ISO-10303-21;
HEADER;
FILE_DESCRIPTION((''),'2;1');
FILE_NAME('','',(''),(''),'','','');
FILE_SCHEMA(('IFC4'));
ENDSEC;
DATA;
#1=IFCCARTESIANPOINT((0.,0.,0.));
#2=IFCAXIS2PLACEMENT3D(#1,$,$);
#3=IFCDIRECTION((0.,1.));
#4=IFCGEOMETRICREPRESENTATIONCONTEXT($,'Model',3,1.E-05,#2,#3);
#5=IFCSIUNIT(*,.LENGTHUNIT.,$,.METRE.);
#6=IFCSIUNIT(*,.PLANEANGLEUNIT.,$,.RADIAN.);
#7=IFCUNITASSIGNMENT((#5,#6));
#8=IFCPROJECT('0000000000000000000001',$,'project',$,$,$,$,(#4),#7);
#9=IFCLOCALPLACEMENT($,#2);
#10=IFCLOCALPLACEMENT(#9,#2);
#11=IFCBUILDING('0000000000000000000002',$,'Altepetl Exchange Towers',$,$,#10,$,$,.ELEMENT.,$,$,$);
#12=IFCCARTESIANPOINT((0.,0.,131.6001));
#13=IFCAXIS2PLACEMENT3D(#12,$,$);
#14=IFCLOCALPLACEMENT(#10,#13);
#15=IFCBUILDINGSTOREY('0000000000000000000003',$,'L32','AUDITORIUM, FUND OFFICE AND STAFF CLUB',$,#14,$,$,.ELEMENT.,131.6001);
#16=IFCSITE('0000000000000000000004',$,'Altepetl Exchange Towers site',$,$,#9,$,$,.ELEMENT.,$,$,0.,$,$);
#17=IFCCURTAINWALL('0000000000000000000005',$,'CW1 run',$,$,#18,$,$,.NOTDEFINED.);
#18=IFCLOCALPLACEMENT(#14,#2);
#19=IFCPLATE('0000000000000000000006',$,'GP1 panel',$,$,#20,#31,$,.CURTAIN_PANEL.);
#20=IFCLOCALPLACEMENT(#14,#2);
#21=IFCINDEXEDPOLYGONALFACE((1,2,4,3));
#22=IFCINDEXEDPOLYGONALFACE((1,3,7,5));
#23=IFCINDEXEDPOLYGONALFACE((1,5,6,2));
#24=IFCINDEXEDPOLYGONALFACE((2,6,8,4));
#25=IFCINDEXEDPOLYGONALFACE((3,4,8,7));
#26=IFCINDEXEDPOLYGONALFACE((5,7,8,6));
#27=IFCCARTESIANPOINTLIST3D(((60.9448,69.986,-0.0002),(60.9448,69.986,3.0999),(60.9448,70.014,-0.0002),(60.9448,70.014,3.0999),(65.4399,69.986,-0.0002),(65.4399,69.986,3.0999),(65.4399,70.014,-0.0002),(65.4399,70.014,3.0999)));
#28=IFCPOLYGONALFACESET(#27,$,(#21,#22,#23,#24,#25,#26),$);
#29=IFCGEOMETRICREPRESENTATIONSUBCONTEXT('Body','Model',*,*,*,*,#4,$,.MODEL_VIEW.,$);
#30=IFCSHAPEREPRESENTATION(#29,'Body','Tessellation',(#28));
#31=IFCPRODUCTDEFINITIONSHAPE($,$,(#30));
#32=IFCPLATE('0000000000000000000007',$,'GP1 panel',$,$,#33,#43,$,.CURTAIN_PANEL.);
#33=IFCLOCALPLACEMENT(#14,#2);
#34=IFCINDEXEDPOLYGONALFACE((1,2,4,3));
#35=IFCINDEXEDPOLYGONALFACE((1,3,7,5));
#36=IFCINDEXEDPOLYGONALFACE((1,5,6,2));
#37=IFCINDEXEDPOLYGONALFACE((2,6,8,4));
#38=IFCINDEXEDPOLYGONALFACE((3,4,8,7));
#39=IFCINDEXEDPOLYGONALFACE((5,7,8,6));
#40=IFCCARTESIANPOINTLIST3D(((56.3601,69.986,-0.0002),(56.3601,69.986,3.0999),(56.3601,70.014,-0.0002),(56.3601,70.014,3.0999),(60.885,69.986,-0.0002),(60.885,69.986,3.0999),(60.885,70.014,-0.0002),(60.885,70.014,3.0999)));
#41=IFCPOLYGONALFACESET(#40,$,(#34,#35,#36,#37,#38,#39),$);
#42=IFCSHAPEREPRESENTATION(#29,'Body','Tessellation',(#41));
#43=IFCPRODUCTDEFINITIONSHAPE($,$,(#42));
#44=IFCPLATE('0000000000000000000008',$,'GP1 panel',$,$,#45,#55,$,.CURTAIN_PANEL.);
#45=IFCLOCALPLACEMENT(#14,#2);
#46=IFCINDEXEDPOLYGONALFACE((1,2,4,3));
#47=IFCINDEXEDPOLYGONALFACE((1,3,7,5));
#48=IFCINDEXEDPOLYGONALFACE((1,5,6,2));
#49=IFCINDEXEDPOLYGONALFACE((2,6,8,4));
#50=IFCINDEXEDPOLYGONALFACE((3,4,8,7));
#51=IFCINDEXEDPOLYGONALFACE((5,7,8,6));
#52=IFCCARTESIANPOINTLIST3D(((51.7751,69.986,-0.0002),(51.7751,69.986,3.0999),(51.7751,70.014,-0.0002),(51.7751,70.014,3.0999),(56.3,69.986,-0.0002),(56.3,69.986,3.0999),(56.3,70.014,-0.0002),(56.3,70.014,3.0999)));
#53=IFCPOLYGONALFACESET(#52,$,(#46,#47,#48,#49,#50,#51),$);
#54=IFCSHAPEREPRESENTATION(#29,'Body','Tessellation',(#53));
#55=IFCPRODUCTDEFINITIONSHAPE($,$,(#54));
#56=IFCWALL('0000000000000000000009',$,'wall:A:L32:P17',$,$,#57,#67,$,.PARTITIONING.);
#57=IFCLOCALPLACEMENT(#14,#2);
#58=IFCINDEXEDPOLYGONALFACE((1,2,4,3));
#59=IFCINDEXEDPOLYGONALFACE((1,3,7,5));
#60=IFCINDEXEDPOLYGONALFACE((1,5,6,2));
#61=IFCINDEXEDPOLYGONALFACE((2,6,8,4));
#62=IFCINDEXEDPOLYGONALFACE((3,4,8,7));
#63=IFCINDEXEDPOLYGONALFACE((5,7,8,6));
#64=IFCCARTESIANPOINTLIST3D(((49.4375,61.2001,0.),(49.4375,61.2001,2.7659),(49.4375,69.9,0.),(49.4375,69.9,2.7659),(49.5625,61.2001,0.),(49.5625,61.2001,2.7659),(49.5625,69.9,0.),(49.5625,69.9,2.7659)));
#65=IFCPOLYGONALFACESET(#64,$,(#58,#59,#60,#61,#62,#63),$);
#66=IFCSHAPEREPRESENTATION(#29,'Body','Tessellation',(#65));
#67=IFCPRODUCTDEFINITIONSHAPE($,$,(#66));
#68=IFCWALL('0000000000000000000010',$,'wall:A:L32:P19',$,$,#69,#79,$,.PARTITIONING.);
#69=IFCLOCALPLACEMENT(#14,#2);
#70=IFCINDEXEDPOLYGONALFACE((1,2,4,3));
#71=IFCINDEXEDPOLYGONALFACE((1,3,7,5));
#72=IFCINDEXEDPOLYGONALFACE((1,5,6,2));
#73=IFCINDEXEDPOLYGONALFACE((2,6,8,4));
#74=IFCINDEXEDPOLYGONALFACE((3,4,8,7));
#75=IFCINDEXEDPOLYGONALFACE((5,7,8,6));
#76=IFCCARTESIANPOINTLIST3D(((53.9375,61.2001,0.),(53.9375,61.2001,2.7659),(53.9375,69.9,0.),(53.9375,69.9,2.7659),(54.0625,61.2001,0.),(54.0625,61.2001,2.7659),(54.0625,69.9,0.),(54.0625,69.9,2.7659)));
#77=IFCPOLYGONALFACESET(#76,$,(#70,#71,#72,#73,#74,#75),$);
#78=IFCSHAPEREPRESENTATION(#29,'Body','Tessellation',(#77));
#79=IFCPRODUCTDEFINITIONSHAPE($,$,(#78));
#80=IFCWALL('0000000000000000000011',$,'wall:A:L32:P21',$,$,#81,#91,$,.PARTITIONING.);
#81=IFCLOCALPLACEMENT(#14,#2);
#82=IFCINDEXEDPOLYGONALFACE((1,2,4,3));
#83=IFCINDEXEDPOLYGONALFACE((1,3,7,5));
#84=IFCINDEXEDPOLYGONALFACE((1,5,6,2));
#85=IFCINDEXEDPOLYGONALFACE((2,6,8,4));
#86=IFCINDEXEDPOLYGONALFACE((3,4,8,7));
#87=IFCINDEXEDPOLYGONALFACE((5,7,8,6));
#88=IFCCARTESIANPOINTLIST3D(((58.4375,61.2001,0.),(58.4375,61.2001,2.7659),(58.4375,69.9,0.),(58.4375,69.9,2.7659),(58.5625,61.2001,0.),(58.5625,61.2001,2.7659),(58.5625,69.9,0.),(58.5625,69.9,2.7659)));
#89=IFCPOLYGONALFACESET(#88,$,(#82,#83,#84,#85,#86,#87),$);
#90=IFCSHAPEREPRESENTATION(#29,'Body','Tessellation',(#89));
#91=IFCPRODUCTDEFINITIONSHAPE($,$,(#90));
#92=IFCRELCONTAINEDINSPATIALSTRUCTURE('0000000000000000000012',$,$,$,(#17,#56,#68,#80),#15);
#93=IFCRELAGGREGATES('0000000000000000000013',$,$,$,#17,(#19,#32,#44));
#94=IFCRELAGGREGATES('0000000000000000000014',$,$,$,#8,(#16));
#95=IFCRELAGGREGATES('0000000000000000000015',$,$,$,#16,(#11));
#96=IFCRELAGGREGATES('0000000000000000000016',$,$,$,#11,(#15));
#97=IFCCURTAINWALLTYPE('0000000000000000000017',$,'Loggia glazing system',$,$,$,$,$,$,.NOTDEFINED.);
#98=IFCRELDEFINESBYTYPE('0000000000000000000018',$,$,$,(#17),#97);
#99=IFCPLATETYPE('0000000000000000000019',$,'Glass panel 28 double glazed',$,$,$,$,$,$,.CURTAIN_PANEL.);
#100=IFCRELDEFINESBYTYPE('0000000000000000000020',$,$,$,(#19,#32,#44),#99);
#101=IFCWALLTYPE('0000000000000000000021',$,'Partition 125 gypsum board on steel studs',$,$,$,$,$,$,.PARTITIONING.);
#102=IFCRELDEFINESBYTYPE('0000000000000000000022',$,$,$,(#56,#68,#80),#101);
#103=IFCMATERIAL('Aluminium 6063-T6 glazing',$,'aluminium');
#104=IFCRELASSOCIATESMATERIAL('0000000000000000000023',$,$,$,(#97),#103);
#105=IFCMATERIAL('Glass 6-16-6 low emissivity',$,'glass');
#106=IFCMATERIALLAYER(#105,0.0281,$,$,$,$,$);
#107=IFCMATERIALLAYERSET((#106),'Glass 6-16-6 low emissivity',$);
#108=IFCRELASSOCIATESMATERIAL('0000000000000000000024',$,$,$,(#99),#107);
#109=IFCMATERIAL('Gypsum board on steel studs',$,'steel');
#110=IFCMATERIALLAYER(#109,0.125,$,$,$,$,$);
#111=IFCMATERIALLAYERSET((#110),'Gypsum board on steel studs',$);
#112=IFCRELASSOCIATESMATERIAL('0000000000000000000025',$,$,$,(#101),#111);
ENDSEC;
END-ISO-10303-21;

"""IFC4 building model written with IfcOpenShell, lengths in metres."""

from ifc_helpers import new_model, si_unit, direction, frame, frame_2d, origin, origin_2d, place, context, subcontext, project, spatial, rectangle, extrude, material, layer, layer_set, type_object, element, aggregate, save


model = new_model("IFC4")

# Units and contexts
model_context = context("Model", 3, precision=1e-05, world=origin(), true_north=direction((0.0, 1.0)))
body_context = subcontext(model_context, "Body", "Model", "MODEL_VIEW")
ifc_project = project(units=[si_unit("LENGTHUNIT", "METRE"), si_unit("PLANEANGLEUNIT", "RADIAN")], contexts=[model_context])

# Site, building, storey
site_placement = place(None, origin())
site = spatial("IfcSite", under=ifc_project, at=site_placement, Name="Altepetl Exchange Towers site", CompositionType="ELEMENT", RefElevation=0.0)
building_placement = place(site_placement, origin())
building = spatial("IfcBuilding", under=site, at=building_placement, Name="Altepetl Exchange Towers", CompositionType="ELEMENT")
storey_placement = place(building_placement, frame((0.0, 0.0, 131.6001)))
storey = spatial("IfcBuildingStorey", under=building, at=storey_placement, Name="L32", Description="AUDITORIUM, FUND OFFICE AND STAFF CLUB", CompositionType="ELEMENT", Elevation=131.6001)

# Shared definitions
ifc_material_1 = material(Name="Aluminium 6063-T6 glazing", Category="aluminium")
curtain_wall_type = type_object("IfcCurtainWallType", Name="Loggia glazing system", PredefinedType="NOTDEFINED", material=ifc_material_1)

# Curtain wall
curtain_wall_1_placement = place(storey_placement, origin())
curtain_wall_1 = element("IfcCurtainWall", 1, at=curtain_wall_1_placement, inside=storey, type_object=curtain_wall_type, Name="CW1 run", PredefinedType="NOTDEFINED")

# Plates
ifc_material_2 = material(Name="Glass 6-16-6 low emissivity", Category="glass")
ifc_layer_1 = layer(ifc_material_2, 0.0281)
ifc_layer_set_1 = layer_set([ifc_layer_1], Name="Glass 6-16-6 low emissivity")
plate_type = type_object("IfcPlateType", Name="Glass panel 28 double glazed", PredefinedType="CURTAIN_PANEL", material=ifc_layer_set_1)
plate_1_placement = place(storey_placement, frame((63.1924, 70.0, -0.0002), z_axis=(0.0, 0.0, 1.0), x_axis=(-1.0, 0.0, 0.0)))
plate_1 = element("IfcPlate", 2, at=plate_1_placement, type_object=plate_type, Name="GP1 panel", PredefinedType="CURTAIN_PANEL", context=body_context, shape_type="SweptSolid", body=[
    extrude(rectangle(XDim=4.4951, YDim=0.0281, at=origin_2d()), origin(), (0.0, 0.0, 1.0), 3.1001),
])
plate_2_placement = place(storey_placement, frame((58.6226, 70.0, -0.0002), z_axis=(0.0, 0.0, 1.0), x_axis=(-1.0, 0.0, 0.0)))
plate_2 = element("IfcPlate", 3, at=plate_2_placement, type_object=plate_type, Name="GP1 panel", PredefinedType="CURTAIN_PANEL", context=body_context, shape_type="SweptSolid", body=[
    extrude(rectangle(XDim=4.5249, YDim=0.0281, at=origin_2d()), origin(), (0.0, 0.0, 1.0), 3.1001),
])
plate_3_placement = place(storey_placement, frame((54.0376, 70.0, -0.0002), z_axis=(0.0, 0.0, 1.0), x_axis=(-1.0, 0.0, 0.0)))
plate_3 = element("IfcPlate", 4, at=plate_3_placement, type_object=plate_type, Name="GP1 panel", PredefinedType="CURTAIN_PANEL", context=body_context, shape_type="SweptSolid", body=[
    extrude(rectangle(XDim=4.5249, YDim=0.0281, at=origin_2d()), origin(), (0.0, 0.0, 1.0), 3.1001),
])
aggregate(curtain_wall_1, [plate_1, plate_2, plate_3])

# Walls
ifc_material_3 = material(Name="Gypsum board on steel studs", Category="steel")
ifc_layer_2 = layer(ifc_material_3, 0.125)
ifc_layer_set_2 = layer_set([ifc_layer_2], Name="Gypsum board on steel studs")
wall_type = type_object("IfcWallType", Name="Partition 125 gypsum board on steel studs", PredefinedType="PARTITIONING", material=ifc_layer_set_2)
for number, where, z_axis, x_axis, name in (
    (5, (49.5, 61.2, 0.0), (0.0, 0.0, 1.0), (0.0, 1.0, 0.0), "wall:A:L32:P17"),
    (6, (54.0, 61.2, 0.0), (0.0, 0.0, 1.0), (0.0, 1.0, 0.0), "wall:A:L32:P19"),
    (7, (58.5, 61.2, 0.0), (0.0, 0.0, 1.0), (0.0, 1.0, 0.0), "wall:A:L32:P21"),
):
    element("IfcWall", number, at=place(storey_placement, frame(where, z_axis=z_axis, x_axis=x_axis)), inside=storey, type_object=wall_type, Name=name, PredefinedType="PARTITIONING", context=body_context, shape_type="SweptSolid", body=[
        extrude(rectangle(XDim=8.7, YDim=0.125, at=frame_2d((4.3501, 0.0))), origin(), (0.0, 0.0, 1.0), 2.7659),
    ])

save(model, "model.ifc")
